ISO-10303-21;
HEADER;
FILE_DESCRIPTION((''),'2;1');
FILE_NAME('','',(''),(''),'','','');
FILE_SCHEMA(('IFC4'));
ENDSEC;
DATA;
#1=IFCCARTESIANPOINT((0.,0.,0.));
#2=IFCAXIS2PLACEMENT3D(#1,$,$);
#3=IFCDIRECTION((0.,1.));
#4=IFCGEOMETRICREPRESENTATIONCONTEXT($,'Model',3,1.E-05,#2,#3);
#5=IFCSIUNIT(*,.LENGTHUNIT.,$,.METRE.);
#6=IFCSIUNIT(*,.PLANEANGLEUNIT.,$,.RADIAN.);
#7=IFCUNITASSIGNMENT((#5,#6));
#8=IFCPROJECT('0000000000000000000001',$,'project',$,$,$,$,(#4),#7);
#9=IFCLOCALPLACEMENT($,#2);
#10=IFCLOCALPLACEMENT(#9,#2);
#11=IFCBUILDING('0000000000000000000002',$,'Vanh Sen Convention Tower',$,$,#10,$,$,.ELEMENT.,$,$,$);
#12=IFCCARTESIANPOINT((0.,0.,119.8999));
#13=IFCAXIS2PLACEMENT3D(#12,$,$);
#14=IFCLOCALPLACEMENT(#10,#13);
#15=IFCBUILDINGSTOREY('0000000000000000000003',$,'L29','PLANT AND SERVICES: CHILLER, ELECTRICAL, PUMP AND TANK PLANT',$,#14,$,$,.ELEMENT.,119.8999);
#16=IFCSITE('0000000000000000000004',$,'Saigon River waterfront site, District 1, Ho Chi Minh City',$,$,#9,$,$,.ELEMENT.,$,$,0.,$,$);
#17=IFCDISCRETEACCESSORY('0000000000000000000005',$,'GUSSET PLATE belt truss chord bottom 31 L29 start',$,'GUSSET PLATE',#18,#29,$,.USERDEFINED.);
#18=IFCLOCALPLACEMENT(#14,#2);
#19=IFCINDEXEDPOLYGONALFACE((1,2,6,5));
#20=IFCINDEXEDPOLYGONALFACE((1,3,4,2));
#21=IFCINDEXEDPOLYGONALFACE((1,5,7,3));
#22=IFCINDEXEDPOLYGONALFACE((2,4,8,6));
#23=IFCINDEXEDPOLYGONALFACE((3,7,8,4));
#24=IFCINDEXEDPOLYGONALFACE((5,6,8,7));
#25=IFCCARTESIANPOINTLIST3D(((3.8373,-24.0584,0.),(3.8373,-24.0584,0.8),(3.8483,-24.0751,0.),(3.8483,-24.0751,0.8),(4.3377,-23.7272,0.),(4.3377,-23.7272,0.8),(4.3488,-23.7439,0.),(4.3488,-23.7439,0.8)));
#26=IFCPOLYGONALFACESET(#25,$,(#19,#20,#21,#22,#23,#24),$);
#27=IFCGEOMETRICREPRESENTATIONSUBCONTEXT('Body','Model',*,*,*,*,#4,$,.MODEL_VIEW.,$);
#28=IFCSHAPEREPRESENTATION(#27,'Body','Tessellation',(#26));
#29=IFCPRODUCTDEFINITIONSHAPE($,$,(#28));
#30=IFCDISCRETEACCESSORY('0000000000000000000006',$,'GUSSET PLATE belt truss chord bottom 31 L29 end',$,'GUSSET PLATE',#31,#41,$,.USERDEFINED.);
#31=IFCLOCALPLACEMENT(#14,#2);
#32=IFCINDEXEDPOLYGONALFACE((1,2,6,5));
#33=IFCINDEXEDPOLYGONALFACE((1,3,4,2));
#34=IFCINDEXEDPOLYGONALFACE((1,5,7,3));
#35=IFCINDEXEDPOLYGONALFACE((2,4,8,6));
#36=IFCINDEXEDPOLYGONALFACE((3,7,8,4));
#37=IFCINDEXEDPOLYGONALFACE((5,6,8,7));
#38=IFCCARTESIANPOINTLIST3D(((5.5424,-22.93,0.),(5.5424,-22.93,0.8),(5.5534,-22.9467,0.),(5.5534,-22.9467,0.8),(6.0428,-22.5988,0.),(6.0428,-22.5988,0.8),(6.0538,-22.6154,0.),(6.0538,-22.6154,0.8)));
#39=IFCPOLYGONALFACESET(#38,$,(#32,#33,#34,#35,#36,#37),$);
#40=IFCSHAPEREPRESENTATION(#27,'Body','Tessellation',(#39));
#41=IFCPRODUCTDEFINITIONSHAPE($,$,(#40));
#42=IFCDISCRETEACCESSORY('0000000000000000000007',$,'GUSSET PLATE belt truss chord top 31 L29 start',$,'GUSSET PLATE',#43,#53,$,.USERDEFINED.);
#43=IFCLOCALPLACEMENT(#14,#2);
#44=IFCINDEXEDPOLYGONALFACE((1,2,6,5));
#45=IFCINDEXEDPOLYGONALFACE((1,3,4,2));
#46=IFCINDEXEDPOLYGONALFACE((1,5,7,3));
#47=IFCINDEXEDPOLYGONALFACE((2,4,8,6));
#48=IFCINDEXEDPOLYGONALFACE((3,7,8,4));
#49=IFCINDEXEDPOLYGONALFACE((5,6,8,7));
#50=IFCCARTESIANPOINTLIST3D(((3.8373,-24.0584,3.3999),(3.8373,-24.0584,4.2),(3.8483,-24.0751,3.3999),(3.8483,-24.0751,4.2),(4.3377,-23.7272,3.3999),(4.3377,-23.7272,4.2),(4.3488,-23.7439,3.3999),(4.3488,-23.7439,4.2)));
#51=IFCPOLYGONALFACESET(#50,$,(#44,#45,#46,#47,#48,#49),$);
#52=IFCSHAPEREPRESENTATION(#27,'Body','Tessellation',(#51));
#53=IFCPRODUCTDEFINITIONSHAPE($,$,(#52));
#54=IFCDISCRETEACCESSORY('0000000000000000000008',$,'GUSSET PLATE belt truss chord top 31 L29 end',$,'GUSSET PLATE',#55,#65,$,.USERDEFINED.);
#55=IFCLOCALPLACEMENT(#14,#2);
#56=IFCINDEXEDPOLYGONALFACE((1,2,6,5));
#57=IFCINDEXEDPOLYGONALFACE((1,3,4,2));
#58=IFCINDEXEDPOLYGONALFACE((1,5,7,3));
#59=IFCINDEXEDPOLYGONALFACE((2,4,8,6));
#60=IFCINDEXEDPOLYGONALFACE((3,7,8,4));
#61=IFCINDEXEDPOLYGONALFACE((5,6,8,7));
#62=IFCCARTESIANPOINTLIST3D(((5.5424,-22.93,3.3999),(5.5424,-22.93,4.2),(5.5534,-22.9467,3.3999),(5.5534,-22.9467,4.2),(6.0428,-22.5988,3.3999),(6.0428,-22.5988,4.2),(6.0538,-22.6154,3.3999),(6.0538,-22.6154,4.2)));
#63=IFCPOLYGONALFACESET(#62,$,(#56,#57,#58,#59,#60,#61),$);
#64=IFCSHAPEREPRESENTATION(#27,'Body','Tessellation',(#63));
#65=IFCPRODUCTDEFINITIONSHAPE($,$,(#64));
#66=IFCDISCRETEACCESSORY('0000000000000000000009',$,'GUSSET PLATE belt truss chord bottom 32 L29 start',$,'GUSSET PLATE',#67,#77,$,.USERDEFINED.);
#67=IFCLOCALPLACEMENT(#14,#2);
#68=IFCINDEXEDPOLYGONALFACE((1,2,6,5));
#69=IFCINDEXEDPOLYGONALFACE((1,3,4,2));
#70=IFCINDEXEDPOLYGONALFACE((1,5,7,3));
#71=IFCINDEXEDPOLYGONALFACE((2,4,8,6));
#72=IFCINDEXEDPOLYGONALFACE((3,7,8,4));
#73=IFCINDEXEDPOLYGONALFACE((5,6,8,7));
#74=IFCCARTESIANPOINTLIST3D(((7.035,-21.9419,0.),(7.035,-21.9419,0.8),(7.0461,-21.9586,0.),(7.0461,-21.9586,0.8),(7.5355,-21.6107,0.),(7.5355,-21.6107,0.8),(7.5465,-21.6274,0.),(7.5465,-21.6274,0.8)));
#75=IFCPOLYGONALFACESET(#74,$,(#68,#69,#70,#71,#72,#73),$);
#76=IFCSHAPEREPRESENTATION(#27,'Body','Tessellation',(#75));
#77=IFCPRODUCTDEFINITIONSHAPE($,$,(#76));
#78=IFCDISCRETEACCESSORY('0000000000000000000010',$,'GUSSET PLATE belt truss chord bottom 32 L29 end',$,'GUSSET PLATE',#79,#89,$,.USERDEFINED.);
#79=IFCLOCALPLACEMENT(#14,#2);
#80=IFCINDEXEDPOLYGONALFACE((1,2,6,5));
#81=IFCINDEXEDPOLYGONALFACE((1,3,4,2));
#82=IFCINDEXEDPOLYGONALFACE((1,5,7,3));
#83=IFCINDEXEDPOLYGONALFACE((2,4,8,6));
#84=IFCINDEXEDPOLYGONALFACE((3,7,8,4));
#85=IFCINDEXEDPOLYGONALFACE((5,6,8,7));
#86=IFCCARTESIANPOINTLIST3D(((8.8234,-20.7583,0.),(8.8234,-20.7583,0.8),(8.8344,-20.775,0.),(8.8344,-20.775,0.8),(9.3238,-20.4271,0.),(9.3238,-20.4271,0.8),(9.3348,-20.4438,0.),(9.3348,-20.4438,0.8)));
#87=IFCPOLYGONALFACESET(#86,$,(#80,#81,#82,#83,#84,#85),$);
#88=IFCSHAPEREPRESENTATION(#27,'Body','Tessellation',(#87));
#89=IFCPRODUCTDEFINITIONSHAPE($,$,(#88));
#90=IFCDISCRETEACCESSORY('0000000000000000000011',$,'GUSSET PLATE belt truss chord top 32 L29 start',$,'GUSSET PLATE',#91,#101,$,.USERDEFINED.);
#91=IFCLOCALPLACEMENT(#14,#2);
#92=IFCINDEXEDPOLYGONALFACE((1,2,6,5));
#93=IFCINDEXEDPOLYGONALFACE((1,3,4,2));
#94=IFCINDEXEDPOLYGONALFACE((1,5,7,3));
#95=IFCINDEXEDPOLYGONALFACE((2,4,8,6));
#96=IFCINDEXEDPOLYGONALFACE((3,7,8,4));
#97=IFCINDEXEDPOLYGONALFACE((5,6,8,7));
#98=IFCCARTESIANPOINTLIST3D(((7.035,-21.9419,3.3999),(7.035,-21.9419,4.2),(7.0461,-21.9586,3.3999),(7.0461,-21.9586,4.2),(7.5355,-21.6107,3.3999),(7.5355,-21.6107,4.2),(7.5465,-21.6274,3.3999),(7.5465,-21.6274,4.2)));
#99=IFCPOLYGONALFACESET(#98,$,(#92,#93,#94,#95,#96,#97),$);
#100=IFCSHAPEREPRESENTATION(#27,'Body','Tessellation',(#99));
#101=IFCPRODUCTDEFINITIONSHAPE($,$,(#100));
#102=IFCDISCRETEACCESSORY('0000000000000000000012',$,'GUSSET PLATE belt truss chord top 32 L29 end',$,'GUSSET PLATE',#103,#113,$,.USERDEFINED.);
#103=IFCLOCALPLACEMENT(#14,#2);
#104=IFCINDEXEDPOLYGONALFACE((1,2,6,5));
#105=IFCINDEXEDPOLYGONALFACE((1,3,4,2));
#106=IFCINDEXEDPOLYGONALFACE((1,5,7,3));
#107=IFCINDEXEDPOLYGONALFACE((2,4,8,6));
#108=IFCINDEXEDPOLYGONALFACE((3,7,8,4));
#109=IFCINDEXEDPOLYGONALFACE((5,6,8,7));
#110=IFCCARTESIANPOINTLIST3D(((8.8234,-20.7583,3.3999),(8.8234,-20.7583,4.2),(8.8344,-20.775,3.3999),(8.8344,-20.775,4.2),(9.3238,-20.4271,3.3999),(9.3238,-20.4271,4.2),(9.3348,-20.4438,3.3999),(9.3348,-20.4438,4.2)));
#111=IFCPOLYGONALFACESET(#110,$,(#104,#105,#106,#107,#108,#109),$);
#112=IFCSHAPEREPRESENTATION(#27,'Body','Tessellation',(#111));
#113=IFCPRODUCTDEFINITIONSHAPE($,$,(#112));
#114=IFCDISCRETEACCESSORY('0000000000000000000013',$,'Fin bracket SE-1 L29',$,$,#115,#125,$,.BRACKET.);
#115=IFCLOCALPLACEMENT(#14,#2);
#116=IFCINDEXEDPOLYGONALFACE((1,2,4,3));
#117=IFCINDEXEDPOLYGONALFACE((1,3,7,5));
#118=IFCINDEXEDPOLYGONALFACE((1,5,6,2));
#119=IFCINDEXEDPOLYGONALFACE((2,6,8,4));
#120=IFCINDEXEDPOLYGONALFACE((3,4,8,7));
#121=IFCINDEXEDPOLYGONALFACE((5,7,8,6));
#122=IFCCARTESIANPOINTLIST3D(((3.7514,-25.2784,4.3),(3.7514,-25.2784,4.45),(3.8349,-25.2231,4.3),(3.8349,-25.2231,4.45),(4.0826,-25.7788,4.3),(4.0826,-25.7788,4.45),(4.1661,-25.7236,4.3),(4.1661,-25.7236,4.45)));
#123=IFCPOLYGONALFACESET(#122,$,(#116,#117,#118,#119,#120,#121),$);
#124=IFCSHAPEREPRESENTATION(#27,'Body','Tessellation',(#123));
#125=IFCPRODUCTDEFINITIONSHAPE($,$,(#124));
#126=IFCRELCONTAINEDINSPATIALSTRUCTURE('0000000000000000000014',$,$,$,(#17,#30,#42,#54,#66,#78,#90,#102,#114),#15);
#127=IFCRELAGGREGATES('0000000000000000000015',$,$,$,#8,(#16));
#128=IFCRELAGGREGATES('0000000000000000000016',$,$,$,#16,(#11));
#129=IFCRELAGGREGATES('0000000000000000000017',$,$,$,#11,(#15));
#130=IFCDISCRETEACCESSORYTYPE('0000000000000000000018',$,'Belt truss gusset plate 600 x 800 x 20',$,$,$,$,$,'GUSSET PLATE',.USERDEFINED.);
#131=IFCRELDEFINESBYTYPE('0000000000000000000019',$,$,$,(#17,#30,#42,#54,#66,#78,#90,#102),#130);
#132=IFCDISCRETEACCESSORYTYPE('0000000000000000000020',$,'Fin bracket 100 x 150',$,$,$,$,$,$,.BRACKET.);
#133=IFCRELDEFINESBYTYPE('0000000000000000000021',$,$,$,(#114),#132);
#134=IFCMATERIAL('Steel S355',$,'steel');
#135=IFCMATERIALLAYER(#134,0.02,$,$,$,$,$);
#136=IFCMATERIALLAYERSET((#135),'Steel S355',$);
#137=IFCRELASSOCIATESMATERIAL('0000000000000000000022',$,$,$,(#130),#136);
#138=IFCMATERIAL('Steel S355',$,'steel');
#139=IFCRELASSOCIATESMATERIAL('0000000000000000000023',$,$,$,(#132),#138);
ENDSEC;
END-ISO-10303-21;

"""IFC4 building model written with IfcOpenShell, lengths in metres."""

from ifc_helpers import new_model, si_unit, direction, frame, origin, origin_2d, place, context, subcontext, project, spatial, rectangle, extrude, material, layer, layer_set, type_object, element, save


model = new_model("IFC4")

# Units and contexts
model_context = context("Model", 3, precision=1e-05, world=origin(), true_north=direction((0.0, 1.0)))
body_context = subcontext(model_context, "Body", "Model", "MODEL_VIEW")
ifc_project = project(units=[si_unit("LENGTHUNIT", "METRE"), si_unit("PLANEANGLEUNIT", "RADIAN")], contexts=[model_context])

# Site, building, storey
site_placement = place(None, origin())
site = spatial("IfcSite", under=ifc_project, at=site_placement, Name="Saigon River waterfront site, District 1, Ho Chi Minh City", CompositionType="ELEMENT", RefElevation=0.0)
building_placement = place(site_placement, origin())
building = spatial("IfcBuilding", under=site, at=building_placement, Name="Vanh Sen Convention Tower", CompositionType="ELEMENT")
storey_placement = place(building_placement, frame((0.0, 0.0, 119.8999)))
storey = spatial("IfcBuildingStorey", under=building, at=storey_placement, Name="L29", Description="PLANT AND SERVICES: CHILLER, ELECTRICAL, PUMP AND TANK PLANT", CompositionType="ELEMENT", Elevation=119.8999)

# Shared definitions
ifc_material_1 = material(Name="Steel S355", Category="steel")

# Discrete accessories
ifc_layer_1 = layer(ifc_material_1, 0.02)
ifc_layer_set_1 = layer_set([ifc_layer_1], Name="Steel S355")
discrete_accessory_type_1 = type_object("IfcDiscreteAccessoryType", Name="Belt truss gusset plate 600 x 800 x 20", ElementType="GUSSET PLATE", PredefinedType="USERDEFINED", material=ifc_layer_set_1)
for number, where, z_axis, x_axis, name in (
    (1, (4.093, -23.9011, 0.0), (0.0, 0.0, 1.0), (0.833892, 0.551928, 0.0), "GUSSET PLATE belt truss chord bottom 31 L29 start"),
    (2, (5.7981, -22.7727, 0.0), (0.0, 0.0, 1.0), (-0.833892, -0.551928, 0.0), "GUSSET PLATE belt truss chord bottom 31 L29 end"),
    (3, (4.093, -23.9011, 3.3999), (0.0, 0.0, 1.0), (0.833892, 0.551928, 0.0), "GUSSET PLATE belt truss chord top 31 L29 start"),
    (4, (5.7981, -22.7727, 3.3999), (0.0, 0.0, 1.0), (-0.833892, -0.551928, 0.0), "GUSSET PLATE belt truss chord top 31 L29 end"),
    (5, (7.2908, -21.7847, 0.0), (0.0, 0.0, 1.0), (0.833892, 0.551928, 0.0), "GUSSET PLATE belt truss chord bottom 32 L29 start"),
    (6, (9.0791, -20.6011, 0.0), (0.0, 0.0, 1.0), (-0.833892, -0.551928, 0.0), "GUSSET PLATE belt truss chord bottom 32 L29 end"),
    (7, (7.2908, -21.7847, 3.3999), (0.0, 0.0, 1.0), (0.833892, 0.551928, 0.0), "GUSSET PLATE belt truss chord top 32 L29 start"),
    (8, (9.0791, -20.6011, 3.3999), (0.0, 0.0, 1.0), (-0.833892, -0.551928, 0.0), "GUSSET PLATE belt truss chord top 32 L29 end"),
):
    element("IfcDiscreteAccessory", number, at=place(storey_placement, frame(where, z_axis=z_axis, x_axis=x_axis)), inside=storey, type_object=discrete_accessory_type_1, Name=name, ObjectType="GUSSET PLATE", PredefinedType="USERDEFINED", context=body_context, shape_type="SweptSolid", body=[
        extrude(rectangle(XDim=0.6001, YDim=0.02, at=origin_2d()), origin(), (0.0, 0.0, 1.0), 0.8),
    ])
ifc_material_2 = material(Name="Steel S355", Category="steel")
discrete_accessory_type_2 = type_object("IfcDiscreteAccessoryType", Name="Fin bracket 100 x 150", PredefinedType="BRACKET", material=ifc_material_2)
discrete_accessory_placement = place(storey_placement, frame((3.9587, -25.501, 4.3), z_axis=(0.0, 0.0, 1.0), x_axis=(0.551937, -0.833886, 0.0)))
element("IfcDiscreteAccessory", 9, at=discrete_accessory_placement, inside=storey, type_object=discrete_accessory_type_2, Name="Fin bracket SE-1 L29", PredefinedType="BRACKET", context=body_context, shape_type="SweptSolid", body=[
    extrude(rectangle(XDim=0.6001, YDim=0.1001, at=origin_2d()), origin(), (0.0, 0.0, 1.0), 0.1499),
])

save(model, "model.ifc")
